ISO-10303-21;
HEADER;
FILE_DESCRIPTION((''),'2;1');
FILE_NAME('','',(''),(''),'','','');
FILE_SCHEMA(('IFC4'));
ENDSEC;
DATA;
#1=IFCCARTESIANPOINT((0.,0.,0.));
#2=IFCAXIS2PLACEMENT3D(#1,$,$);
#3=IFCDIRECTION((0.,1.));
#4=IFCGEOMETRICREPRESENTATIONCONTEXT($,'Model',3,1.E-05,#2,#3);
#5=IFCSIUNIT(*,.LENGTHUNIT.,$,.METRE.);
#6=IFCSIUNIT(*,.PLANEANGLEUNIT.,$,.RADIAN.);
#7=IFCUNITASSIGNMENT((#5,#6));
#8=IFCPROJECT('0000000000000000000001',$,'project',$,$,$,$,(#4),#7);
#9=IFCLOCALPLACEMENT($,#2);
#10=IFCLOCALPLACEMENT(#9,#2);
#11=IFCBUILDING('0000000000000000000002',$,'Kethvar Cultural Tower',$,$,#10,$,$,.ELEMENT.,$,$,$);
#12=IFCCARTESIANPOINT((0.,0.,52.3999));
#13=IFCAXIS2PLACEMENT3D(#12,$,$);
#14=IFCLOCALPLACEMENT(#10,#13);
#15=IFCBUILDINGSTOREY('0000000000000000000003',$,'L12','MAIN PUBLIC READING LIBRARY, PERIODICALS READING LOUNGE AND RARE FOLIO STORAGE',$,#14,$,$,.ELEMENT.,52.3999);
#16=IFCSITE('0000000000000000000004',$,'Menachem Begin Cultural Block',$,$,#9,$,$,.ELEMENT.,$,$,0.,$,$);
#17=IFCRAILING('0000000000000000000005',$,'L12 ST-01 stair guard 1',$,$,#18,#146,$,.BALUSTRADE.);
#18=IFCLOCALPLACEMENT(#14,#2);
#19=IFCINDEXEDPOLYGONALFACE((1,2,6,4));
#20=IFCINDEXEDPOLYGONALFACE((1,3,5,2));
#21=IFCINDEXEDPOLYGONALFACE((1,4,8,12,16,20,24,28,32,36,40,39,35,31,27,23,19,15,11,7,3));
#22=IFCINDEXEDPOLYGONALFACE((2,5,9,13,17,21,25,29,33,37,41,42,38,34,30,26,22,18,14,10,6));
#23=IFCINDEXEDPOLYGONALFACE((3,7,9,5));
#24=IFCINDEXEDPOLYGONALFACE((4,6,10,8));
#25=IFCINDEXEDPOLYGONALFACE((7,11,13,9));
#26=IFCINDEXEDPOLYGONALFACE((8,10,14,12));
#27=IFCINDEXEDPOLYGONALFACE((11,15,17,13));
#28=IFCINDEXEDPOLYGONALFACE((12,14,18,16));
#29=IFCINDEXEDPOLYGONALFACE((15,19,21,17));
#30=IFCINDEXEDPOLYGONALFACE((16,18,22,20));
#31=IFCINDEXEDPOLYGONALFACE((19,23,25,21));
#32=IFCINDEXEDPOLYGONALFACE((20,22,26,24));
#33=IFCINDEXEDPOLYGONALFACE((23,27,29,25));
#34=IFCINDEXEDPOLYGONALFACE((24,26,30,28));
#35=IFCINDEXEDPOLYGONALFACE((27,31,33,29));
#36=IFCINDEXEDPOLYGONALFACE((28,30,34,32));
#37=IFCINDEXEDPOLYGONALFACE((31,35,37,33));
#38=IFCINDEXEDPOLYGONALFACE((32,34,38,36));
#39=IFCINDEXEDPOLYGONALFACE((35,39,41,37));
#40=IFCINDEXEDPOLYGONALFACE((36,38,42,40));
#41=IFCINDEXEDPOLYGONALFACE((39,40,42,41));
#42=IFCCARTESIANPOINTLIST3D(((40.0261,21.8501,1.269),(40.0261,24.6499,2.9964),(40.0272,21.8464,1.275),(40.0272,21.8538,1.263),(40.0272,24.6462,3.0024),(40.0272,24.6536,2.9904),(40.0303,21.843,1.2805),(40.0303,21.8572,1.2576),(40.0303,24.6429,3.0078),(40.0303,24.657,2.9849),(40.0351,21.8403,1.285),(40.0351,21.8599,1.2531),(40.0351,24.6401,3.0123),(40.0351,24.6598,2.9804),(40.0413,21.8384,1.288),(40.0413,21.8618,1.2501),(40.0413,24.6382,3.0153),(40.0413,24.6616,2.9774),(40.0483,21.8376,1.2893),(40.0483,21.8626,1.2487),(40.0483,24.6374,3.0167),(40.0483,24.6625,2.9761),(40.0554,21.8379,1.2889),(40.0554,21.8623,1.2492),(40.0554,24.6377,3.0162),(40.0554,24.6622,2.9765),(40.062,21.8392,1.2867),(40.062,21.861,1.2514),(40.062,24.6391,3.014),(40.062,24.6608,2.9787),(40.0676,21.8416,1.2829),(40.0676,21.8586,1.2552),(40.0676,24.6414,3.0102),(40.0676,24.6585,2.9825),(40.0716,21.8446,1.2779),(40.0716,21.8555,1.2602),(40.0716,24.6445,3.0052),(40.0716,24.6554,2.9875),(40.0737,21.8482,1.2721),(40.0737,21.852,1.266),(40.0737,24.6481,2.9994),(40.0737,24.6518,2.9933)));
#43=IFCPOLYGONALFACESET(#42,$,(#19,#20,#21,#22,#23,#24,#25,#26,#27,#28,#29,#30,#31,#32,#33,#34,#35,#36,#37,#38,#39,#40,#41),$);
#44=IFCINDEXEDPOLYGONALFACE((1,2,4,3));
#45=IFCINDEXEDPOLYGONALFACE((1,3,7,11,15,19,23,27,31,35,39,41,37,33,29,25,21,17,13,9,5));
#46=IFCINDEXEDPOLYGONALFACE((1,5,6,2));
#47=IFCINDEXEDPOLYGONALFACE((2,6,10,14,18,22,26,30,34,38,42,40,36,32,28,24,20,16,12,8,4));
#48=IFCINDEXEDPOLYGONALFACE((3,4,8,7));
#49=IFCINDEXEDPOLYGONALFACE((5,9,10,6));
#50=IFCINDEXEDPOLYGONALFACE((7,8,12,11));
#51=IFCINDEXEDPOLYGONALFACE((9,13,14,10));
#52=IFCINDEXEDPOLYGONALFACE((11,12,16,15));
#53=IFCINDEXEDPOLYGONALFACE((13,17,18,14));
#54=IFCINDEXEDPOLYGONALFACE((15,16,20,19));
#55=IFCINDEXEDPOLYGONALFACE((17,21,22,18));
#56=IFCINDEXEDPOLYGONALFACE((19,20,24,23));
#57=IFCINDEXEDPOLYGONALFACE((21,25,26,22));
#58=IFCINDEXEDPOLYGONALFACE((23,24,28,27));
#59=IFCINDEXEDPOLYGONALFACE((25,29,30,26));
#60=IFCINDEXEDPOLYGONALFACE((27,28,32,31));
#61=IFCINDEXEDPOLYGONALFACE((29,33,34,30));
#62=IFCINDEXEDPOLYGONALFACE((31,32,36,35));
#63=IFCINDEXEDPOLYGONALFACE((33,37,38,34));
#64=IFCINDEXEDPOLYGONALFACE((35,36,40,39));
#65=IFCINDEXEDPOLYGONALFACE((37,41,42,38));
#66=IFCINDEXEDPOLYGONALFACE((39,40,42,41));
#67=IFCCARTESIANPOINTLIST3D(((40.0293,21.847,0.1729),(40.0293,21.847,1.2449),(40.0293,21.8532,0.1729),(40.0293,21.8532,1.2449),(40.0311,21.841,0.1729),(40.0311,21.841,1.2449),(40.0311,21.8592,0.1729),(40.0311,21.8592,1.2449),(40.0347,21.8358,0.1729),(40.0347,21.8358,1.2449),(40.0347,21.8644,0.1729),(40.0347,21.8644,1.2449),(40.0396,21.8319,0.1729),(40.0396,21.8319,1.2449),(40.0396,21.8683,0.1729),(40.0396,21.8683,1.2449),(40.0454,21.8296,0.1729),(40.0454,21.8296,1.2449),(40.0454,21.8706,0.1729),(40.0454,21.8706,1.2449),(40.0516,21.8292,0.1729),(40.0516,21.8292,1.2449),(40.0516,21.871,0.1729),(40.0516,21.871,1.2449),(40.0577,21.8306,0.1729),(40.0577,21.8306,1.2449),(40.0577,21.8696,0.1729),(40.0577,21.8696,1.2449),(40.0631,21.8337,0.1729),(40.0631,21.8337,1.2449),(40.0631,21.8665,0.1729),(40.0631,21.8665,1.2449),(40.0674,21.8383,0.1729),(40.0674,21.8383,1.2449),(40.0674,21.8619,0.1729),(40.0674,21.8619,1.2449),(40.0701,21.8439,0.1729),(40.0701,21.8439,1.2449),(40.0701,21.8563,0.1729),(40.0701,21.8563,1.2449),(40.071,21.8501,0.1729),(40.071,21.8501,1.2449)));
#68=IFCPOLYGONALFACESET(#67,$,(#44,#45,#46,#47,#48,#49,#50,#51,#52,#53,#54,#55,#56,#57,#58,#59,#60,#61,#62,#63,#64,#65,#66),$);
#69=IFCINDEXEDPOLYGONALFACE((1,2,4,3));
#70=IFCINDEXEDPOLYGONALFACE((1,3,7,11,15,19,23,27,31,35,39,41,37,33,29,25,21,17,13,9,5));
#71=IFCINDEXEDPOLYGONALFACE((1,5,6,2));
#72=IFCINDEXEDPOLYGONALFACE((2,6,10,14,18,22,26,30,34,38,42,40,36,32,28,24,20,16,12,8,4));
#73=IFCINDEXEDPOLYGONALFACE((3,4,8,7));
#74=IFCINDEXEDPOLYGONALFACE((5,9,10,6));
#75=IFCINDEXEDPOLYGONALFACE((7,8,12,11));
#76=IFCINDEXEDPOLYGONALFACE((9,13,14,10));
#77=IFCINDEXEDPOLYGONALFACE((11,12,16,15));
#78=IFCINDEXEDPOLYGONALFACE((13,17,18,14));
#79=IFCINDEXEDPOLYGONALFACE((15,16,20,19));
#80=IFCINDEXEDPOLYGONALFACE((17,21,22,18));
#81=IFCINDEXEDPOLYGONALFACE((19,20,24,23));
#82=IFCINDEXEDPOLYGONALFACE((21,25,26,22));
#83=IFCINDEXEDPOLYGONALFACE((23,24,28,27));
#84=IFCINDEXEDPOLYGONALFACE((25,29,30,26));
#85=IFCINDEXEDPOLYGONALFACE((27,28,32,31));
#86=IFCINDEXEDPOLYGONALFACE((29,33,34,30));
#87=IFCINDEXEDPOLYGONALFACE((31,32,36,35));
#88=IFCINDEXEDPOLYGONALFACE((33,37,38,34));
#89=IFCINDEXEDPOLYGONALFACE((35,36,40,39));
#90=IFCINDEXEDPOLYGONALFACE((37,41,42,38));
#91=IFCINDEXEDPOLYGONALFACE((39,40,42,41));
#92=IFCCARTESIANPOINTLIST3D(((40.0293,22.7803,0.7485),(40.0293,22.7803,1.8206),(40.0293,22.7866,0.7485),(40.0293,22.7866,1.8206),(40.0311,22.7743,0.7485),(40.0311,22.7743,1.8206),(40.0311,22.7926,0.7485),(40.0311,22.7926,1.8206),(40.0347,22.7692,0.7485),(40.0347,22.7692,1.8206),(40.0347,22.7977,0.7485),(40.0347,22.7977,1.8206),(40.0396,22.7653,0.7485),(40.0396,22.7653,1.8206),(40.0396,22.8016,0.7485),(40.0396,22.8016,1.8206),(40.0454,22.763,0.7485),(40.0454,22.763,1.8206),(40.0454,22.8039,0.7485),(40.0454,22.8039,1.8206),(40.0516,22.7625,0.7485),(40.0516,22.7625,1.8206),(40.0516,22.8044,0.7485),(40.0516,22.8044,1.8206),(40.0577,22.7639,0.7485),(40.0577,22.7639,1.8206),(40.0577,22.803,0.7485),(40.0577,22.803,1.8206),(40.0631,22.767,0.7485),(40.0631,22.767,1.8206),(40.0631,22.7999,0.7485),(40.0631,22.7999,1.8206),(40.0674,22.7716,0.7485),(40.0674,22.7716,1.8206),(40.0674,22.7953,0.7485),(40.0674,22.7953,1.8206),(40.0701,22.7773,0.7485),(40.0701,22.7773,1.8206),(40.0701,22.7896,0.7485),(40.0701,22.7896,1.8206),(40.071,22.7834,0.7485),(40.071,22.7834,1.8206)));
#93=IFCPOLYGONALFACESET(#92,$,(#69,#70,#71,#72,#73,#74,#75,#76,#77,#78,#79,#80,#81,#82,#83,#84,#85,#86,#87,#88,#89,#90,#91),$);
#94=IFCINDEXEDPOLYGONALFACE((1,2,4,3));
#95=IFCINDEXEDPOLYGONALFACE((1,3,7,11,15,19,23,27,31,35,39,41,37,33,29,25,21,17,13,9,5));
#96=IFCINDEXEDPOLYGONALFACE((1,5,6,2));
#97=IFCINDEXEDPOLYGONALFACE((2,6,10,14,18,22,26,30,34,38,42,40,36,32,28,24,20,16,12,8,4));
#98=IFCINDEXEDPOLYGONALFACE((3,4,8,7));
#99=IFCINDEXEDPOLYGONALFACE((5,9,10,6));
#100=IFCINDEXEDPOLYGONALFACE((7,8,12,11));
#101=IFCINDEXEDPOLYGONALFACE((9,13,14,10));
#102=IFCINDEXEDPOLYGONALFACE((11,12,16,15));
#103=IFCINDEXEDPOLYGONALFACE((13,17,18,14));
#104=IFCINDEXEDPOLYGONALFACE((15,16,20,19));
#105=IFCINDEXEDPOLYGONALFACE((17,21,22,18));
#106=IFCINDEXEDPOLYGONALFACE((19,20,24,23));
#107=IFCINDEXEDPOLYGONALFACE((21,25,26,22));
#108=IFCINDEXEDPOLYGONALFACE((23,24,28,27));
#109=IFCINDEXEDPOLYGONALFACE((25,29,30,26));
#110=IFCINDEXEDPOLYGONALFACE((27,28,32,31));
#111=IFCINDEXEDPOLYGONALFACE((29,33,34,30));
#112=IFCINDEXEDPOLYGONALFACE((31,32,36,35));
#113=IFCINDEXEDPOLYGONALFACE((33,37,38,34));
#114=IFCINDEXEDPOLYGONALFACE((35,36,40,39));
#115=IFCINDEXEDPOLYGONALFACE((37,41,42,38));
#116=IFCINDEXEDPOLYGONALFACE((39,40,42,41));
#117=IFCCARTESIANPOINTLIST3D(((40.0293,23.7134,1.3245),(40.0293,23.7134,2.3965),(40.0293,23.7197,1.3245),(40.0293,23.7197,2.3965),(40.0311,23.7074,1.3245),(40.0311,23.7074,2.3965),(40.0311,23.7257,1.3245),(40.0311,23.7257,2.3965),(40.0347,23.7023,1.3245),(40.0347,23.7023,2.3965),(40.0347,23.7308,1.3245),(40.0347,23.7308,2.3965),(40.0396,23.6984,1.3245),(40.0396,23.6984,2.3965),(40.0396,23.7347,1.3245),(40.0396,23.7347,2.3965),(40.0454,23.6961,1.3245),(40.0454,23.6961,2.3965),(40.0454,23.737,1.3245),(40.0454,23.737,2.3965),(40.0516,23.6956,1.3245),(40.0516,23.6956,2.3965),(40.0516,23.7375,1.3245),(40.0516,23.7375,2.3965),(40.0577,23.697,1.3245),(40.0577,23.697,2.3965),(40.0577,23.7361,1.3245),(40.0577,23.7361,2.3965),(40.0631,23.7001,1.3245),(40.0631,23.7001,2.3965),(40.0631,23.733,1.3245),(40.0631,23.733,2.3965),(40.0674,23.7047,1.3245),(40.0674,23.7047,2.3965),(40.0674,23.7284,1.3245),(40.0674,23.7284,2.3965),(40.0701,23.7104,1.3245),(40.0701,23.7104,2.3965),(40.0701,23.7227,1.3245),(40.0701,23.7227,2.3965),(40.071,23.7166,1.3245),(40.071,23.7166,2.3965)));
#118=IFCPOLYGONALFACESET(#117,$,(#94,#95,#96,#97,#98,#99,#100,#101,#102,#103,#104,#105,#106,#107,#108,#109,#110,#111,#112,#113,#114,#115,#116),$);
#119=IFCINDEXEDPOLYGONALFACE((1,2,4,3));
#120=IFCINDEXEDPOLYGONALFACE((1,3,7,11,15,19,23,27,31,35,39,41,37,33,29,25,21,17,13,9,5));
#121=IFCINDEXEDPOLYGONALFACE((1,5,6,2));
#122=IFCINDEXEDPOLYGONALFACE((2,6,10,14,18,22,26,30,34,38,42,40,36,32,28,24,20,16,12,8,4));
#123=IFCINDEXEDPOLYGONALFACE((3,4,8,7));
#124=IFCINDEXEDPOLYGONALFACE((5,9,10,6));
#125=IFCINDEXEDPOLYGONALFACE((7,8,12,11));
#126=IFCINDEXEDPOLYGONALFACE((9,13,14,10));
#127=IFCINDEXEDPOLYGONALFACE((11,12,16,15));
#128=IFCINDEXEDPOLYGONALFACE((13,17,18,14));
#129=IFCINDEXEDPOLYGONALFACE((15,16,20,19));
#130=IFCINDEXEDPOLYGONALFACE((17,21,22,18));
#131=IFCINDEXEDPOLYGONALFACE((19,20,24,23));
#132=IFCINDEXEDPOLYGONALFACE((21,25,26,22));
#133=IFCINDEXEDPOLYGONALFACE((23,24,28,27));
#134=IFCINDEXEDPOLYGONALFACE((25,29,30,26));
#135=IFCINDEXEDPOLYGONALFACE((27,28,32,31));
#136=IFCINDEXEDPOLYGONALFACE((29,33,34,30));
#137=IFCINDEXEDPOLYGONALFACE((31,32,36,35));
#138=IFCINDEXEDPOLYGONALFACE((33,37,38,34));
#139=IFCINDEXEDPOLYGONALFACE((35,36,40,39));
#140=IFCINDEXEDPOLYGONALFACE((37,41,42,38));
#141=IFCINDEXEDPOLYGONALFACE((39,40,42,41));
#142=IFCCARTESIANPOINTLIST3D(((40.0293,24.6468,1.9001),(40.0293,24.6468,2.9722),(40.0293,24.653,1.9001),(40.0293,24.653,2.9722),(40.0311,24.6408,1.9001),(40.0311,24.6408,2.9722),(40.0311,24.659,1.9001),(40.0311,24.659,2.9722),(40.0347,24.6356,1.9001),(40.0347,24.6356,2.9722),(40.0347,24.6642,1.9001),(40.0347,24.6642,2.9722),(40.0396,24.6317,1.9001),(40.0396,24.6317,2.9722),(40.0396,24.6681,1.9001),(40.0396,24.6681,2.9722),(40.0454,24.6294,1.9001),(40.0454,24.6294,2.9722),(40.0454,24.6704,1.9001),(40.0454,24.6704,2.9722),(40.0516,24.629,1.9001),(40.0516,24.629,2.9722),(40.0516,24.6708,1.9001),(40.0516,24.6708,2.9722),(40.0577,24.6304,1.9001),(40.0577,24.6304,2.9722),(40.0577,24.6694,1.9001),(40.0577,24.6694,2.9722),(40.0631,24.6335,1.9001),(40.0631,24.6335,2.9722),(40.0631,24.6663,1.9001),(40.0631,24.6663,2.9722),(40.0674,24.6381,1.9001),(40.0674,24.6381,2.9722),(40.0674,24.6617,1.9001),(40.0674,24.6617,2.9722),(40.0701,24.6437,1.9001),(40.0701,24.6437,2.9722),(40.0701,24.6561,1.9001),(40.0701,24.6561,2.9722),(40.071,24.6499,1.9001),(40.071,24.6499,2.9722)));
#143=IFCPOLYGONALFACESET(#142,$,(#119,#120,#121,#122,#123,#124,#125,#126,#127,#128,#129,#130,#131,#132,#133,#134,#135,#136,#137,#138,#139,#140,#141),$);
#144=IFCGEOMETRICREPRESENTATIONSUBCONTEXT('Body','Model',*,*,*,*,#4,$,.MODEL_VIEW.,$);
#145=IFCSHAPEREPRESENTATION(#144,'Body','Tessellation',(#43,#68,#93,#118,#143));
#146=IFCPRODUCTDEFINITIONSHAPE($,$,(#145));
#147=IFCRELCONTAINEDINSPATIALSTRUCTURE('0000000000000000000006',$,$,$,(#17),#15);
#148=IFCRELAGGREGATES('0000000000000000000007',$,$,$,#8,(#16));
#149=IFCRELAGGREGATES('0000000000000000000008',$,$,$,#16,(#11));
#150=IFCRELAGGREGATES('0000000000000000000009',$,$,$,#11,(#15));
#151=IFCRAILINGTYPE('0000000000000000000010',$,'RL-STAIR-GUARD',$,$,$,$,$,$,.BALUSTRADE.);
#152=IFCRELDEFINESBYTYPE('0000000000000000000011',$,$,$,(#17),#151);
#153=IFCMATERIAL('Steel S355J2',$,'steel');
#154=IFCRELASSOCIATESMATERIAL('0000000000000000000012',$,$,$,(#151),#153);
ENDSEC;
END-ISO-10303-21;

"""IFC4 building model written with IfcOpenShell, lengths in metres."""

from ifc_helpers import new_model, si_unit, direction, frame, origin, origin_2d, place, context, subcontext, project, spatial, circle, extrude, material, type_object, element, save


model = new_model("IFC4")

# Units and contexts
model_context = context("Model", 3, precision=1e-05, world=origin(), true_north=direction((0.0, 1.0)))
body_context = subcontext(model_context, "Body", "Model", "MODEL_VIEW")
ifc_project = project(units=[si_unit("LENGTHUNIT", "METRE"), si_unit("PLANEANGLEUNIT", "RADIAN")], contexts=[model_context])

# Site, building, storey
site_placement = place(None, origin())
site = spatial("IfcSite", under=ifc_project, at=site_placement, Name="Menachem Begin Cultural Block", CompositionType="ELEMENT", RefElevation=0.0)
building_placement = place(site_placement, origin())
building = spatial("IfcBuilding", under=site, at=building_placement, Name="Kethvar Cultural Tower", CompositionType="ELEMENT")
storey_placement = place(building_placement, frame((0.0, 0.0, 52.3999)))
storey = spatial("IfcBuildingStorey", under=building, at=storey_placement, Name="L12", Description="MAIN PUBLIC READING LIBRARY, PERIODICALS READING LOUNGE AND RARE FOLIO STORAGE", CompositionType="ELEMENT", Elevation=52.3999)

# Shared definitions
ifc_material_1 = material(Name="Steel S355J2", Category="steel")

# Railing
railing_type_1 = type_object("IfcRailingType", Name="RL-STAIR-GUARD", PredefinedType="BALUSTRADE", material=ifc_material_1)
railing_1_placement = place(storey_placement, frame((40.05, 21.8501, 0.1729)))
element("IfcRailing", 1, at=railing_1_placement, inside=storey, type_object=railing_type_1, Name="L12 ST-01 stair guard 1", PredefinedType="BALUSTRADE", context=body_context, shape_type="SweptSolid", body=[
    extrude(circle(Radius=0.0239, at=origin_2d()), frame((0.0, 0.0, 1.0962), z_axis=(0.0, 0.851069, 0.525054), x_axis=(-1.0, 0.0, 0.0)), (0.0, 0.0, 1.0), 3.2898),
    extrude(circle(Radius=0.021, at=origin_2d()), origin(), (0.0, 0.0, 1.0), 1.072),
    extrude(circle(Radius=0.021, at=origin_2d()), frame((0.0, 0.9333, 0.5757)), (0.0, 0.0, 1.0), 1.072),
    extrude(circle(Radius=0.021, at=origin_2d()), frame((0.0, 1.8665, 1.1516)), (0.0, 0.0, 1.0), 1.072),
    extrude(circle(Radius=0.021, at=origin_2d()), frame((0.0, 2.7998, 1.7273)), (0.0, 0.0, 1.0), 1.072),
])

save(model, "model.ifc")
